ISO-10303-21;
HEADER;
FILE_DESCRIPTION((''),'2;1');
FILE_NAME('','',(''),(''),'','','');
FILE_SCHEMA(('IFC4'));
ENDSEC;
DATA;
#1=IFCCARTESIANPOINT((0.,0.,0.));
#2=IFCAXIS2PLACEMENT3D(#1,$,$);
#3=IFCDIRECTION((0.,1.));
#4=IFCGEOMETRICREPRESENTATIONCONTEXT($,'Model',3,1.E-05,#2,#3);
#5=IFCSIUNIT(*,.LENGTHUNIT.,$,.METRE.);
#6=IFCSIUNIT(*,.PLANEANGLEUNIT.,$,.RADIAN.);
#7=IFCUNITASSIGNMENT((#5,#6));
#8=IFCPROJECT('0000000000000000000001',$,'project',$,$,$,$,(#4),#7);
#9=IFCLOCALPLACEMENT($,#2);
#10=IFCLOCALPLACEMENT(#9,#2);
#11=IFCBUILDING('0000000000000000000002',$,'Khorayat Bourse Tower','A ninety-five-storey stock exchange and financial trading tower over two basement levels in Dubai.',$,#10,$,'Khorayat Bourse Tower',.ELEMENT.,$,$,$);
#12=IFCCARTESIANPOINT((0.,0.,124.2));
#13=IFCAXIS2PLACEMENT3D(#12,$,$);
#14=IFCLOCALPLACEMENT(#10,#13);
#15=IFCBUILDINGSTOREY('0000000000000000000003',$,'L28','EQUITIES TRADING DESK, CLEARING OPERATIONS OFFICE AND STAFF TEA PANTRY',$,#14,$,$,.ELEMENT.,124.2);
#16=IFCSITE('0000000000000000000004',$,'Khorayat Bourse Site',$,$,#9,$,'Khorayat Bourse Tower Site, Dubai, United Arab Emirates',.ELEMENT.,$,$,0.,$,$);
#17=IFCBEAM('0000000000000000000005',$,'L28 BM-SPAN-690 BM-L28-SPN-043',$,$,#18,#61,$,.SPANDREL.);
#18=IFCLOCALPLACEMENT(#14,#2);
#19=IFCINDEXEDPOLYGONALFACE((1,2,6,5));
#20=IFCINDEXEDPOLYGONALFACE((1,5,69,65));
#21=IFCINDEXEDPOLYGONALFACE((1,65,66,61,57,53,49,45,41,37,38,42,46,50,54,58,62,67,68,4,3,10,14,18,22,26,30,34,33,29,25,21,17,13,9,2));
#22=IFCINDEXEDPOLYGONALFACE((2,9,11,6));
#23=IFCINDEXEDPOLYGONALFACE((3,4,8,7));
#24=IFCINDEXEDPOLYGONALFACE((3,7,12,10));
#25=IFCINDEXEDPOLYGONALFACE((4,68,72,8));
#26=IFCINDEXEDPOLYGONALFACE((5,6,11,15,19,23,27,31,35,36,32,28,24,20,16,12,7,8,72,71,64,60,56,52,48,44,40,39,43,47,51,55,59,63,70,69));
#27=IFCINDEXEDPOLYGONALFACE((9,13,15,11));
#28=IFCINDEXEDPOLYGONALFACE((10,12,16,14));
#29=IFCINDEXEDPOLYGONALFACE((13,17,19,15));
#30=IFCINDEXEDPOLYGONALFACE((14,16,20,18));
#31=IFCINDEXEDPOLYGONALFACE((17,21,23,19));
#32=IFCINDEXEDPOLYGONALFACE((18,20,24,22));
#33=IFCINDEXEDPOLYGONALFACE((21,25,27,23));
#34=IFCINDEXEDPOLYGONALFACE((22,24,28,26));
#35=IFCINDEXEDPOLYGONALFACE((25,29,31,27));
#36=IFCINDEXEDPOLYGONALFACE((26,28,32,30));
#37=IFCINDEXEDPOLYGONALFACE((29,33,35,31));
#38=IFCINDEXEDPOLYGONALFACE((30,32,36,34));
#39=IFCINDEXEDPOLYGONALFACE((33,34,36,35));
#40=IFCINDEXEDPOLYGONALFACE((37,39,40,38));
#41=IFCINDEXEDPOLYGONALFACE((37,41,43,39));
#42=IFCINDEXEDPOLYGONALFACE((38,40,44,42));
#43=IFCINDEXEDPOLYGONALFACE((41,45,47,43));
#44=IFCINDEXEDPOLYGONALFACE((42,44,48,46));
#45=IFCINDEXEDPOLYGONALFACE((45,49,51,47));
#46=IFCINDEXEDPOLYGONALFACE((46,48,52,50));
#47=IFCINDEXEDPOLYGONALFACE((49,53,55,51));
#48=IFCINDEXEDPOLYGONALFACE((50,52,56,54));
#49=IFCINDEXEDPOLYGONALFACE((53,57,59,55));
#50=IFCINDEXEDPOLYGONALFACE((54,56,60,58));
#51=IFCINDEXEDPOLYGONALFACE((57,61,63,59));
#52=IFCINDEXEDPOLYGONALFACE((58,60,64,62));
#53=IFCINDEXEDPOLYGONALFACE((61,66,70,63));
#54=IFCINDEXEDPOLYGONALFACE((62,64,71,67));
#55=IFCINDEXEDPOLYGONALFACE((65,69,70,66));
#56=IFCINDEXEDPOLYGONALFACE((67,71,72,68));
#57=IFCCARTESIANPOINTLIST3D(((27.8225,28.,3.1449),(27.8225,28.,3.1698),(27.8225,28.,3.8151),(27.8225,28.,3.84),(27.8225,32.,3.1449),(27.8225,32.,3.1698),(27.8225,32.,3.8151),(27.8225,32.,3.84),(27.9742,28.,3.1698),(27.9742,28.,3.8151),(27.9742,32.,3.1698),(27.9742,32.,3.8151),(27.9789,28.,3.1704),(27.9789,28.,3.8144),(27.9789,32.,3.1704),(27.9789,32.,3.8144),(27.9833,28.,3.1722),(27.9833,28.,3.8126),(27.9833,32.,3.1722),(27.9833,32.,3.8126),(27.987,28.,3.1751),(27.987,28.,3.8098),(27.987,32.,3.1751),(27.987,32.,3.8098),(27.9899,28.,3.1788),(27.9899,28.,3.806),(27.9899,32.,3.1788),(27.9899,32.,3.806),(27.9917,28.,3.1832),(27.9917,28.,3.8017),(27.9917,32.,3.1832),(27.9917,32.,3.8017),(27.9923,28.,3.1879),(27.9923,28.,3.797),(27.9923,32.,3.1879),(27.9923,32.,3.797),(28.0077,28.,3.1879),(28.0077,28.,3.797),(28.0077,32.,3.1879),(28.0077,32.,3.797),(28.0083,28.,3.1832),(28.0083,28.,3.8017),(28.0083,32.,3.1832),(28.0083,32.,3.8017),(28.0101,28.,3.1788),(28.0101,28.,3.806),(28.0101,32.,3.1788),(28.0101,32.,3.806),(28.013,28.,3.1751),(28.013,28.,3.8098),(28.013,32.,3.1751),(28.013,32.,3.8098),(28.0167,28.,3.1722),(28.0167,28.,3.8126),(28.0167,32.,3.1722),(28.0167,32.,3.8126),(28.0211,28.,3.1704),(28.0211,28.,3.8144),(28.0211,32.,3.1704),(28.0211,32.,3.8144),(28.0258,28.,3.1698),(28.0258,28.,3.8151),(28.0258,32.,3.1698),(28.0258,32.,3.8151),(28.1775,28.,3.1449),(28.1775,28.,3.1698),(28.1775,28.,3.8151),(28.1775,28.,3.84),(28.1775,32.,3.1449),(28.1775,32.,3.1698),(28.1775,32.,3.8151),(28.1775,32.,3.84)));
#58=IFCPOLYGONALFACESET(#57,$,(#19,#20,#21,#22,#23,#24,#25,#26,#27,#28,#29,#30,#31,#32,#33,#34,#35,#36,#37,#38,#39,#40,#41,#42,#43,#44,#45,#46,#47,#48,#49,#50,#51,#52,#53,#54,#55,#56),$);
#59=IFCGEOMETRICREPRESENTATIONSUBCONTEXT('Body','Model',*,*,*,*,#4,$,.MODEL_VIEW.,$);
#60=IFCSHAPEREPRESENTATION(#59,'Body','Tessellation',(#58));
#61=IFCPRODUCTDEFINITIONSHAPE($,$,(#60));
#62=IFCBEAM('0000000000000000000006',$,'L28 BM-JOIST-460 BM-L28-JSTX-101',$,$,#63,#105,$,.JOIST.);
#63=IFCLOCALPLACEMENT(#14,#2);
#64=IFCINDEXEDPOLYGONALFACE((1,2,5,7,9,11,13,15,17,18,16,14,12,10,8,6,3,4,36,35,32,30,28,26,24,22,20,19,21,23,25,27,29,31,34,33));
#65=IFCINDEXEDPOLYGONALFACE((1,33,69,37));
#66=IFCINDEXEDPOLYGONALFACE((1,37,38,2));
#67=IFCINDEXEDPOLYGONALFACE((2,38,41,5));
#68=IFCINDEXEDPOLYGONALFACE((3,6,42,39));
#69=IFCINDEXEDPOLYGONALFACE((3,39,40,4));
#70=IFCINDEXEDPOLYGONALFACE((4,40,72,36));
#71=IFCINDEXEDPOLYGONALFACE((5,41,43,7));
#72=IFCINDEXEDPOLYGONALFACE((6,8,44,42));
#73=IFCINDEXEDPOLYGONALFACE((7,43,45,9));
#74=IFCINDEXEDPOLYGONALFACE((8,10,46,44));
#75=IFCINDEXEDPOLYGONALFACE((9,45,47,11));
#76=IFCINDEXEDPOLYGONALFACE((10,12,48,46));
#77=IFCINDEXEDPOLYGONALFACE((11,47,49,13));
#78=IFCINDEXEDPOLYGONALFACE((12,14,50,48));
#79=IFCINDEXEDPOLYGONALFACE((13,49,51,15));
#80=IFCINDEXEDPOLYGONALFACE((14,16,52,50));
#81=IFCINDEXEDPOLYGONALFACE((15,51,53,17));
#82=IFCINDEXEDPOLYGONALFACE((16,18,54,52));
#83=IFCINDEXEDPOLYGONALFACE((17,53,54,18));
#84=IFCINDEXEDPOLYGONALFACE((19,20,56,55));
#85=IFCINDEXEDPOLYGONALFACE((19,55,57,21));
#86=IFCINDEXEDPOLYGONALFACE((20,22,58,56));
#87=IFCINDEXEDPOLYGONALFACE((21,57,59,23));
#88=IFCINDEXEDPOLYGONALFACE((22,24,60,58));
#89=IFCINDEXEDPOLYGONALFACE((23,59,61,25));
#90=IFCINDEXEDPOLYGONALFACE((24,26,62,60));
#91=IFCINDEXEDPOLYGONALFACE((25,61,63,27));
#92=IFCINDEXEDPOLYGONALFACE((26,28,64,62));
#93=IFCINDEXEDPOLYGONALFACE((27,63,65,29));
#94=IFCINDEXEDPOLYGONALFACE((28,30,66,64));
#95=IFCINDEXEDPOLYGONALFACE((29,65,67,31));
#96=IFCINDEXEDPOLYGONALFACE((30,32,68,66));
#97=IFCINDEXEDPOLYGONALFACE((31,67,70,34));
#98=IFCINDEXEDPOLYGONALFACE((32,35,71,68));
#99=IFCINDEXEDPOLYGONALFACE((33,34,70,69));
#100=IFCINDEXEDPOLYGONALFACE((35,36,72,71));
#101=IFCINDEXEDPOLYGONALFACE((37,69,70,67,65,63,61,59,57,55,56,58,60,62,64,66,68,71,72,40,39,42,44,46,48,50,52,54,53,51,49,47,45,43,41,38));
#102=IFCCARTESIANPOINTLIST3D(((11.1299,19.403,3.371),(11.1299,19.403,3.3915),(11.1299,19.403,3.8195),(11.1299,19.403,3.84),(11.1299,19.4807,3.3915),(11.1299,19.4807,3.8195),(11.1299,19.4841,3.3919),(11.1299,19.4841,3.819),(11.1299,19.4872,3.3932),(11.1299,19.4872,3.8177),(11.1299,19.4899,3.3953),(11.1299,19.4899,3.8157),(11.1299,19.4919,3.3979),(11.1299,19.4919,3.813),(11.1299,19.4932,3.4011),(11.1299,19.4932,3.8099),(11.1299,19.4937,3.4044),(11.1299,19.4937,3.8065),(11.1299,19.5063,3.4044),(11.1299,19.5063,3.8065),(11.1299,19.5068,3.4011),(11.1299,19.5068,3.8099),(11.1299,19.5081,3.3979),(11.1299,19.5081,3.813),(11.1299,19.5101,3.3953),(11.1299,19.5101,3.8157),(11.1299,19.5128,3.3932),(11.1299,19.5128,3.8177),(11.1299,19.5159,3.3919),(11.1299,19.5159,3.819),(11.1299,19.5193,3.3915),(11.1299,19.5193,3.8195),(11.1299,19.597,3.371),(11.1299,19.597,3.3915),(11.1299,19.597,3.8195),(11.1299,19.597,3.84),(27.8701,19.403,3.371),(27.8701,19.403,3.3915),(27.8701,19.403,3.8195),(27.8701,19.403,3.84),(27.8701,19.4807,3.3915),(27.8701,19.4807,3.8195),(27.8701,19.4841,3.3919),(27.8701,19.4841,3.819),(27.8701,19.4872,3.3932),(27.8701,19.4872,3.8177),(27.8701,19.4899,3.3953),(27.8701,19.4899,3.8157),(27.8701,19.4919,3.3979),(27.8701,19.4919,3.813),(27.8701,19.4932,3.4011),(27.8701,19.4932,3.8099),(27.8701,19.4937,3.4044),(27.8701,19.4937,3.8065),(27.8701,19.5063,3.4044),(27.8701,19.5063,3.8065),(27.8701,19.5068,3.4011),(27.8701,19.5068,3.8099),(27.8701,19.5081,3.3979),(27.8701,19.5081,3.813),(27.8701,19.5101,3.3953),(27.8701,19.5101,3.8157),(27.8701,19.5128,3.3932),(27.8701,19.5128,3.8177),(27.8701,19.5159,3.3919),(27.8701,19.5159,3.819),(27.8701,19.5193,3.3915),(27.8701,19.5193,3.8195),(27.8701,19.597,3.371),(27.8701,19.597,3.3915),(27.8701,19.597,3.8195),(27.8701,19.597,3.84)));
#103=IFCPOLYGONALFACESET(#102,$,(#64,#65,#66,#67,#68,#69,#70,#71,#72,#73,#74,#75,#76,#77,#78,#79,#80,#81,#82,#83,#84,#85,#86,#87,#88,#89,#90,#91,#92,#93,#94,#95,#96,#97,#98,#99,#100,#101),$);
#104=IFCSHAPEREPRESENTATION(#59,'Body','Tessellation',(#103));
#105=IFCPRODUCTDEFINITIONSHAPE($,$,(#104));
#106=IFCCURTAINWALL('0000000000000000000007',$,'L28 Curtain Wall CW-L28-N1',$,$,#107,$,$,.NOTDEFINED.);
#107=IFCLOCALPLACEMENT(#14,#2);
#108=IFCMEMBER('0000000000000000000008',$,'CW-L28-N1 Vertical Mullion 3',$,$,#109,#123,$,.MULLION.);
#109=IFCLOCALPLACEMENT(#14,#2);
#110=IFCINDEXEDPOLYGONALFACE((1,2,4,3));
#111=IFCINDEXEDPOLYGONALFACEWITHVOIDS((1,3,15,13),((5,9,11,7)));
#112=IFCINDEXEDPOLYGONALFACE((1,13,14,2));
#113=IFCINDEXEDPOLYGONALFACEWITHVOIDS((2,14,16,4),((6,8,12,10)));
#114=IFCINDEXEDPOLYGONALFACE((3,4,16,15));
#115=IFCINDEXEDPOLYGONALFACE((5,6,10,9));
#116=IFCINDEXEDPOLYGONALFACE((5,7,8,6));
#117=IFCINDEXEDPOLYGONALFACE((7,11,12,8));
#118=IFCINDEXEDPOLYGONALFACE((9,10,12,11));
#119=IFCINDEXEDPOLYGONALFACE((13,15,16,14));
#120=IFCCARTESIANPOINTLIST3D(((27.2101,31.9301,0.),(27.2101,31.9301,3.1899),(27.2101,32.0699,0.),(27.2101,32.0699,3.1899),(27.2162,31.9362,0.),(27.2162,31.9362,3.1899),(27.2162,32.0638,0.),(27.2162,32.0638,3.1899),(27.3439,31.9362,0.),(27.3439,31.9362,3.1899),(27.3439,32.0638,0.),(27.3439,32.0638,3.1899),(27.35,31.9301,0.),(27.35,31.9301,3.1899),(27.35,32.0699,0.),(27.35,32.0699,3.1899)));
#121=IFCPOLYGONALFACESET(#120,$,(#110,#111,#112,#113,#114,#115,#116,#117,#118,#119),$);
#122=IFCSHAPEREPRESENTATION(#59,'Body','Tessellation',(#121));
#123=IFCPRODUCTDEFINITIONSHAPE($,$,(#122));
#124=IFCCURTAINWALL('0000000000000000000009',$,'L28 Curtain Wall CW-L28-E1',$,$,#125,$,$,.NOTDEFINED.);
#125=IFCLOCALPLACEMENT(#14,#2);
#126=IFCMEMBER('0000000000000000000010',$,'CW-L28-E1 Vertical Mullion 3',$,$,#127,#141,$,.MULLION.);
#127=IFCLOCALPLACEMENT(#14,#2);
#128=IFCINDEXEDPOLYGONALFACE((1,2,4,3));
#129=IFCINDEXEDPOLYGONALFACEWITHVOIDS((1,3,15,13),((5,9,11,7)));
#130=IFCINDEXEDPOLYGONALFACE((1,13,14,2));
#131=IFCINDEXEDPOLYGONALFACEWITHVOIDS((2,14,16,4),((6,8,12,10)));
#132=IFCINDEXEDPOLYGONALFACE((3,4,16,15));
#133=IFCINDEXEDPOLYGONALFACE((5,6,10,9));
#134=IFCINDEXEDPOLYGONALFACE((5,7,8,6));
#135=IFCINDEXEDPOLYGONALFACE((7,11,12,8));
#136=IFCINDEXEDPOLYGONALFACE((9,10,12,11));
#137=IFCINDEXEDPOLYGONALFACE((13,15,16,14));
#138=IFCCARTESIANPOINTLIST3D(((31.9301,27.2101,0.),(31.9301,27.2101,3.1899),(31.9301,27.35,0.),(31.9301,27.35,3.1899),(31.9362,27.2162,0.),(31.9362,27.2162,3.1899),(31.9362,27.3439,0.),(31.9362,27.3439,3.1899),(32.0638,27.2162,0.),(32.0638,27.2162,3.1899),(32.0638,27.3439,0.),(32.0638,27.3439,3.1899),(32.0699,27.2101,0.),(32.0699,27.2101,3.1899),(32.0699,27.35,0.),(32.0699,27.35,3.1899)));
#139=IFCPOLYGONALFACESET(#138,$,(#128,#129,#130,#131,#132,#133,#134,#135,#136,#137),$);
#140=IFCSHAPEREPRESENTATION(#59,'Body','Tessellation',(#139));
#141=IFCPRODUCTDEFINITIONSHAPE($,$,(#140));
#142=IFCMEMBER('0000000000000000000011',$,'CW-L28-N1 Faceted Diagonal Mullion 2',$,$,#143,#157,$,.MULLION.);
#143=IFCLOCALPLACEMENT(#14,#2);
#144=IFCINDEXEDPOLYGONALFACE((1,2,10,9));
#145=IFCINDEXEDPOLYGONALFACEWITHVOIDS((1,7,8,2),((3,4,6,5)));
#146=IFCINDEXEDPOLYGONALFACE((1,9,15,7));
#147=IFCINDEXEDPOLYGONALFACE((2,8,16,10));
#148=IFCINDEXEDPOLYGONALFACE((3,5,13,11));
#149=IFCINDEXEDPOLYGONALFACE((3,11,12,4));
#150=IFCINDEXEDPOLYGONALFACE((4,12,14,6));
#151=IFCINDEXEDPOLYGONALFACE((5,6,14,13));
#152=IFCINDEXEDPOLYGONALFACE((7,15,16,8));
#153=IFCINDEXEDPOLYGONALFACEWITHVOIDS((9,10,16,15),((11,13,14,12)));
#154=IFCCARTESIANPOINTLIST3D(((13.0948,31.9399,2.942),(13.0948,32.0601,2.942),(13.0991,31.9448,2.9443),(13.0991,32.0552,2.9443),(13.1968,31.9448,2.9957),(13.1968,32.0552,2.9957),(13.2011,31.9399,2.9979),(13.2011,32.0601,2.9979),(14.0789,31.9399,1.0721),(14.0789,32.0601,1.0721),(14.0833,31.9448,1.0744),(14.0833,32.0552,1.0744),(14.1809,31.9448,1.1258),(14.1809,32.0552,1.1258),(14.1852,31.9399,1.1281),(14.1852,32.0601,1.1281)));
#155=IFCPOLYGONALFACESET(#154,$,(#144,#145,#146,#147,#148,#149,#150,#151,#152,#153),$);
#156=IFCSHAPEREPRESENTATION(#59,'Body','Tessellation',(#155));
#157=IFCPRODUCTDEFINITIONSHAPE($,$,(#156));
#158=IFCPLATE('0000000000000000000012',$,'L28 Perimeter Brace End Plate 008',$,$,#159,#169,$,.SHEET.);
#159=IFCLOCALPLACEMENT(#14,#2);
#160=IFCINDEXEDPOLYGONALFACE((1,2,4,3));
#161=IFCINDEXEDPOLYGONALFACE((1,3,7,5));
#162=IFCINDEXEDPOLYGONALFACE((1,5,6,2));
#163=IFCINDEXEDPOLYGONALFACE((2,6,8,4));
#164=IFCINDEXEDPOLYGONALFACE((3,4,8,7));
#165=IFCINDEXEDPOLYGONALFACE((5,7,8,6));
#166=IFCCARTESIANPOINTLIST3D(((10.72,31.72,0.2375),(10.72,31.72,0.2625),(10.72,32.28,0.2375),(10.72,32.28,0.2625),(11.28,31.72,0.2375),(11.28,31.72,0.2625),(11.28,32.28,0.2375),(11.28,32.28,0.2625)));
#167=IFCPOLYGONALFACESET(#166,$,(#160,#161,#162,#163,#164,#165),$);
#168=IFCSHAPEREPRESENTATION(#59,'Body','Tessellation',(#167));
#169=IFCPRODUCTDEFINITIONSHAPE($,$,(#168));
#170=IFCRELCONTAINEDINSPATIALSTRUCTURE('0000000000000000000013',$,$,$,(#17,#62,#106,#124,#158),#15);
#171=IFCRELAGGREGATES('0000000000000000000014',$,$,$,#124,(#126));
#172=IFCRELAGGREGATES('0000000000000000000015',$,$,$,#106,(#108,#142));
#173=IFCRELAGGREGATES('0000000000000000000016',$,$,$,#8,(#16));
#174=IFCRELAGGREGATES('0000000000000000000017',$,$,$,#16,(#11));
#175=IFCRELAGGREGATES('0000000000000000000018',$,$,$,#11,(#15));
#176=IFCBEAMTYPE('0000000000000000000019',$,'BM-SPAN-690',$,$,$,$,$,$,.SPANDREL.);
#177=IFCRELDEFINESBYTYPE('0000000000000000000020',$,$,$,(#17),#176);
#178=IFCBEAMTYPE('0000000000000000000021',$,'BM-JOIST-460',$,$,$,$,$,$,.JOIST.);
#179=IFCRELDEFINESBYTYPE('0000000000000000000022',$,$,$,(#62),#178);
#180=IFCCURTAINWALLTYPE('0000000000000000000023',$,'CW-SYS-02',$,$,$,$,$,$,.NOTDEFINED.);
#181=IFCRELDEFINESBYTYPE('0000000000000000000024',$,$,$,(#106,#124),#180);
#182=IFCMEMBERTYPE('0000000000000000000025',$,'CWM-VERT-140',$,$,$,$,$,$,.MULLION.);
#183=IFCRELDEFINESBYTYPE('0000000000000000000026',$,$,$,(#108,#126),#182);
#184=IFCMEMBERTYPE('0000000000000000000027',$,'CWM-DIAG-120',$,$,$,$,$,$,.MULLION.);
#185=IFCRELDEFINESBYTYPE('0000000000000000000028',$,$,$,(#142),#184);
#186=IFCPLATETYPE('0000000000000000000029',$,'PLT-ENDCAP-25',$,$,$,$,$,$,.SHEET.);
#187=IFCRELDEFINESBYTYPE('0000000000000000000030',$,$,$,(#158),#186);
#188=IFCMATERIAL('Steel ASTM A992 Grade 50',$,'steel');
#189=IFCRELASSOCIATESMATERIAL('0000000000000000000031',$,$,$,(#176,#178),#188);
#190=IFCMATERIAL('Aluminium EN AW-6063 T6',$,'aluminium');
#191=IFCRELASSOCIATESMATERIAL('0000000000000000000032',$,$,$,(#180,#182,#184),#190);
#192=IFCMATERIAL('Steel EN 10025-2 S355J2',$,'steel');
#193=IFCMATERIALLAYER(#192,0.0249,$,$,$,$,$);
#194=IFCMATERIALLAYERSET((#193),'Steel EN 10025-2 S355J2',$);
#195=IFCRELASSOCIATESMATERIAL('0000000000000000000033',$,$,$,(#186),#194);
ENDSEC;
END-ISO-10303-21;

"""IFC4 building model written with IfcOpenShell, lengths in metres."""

from ifc_helpers import new_model, si_unit, direction, frame, origin, origin_2d, place, context, subcontext, project, spatial, rectangle, hollow_rectangle, i_section, extrude, source, transform, mapped, material, layer, layer_set, material_profile, profile_set, type_object, element, aggregate, save


model = new_model("IFC4")

# Units and contexts
model_context = context("Model", 3, precision=1e-05, world=origin(), true_north=direction((0.0, 1.0)))
body_context = subcontext(model_context, "Body", "Model", "MODEL_VIEW")
ifc_project = project(units=[si_unit("LENGTHUNIT", "METRE"), si_unit("PLANEANGLEUNIT", "RADIAN")], contexts=[model_context])

# Site, building, storey
site_placement = place(None, origin())
site = spatial("IfcSite", under=ifc_project, at=site_placement, Name="Khorayat Bourse Site", LongName="Khorayat Bourse Tower Site, Dubai, United Arab Emirates", CompositionType="ELEMENT", RefElevation=0.0)
building_placement = place(site_placement, origin())
building = spatial("IfcBuilding", under=site, at=building_placement, Name="Khorayat Bourse Tower", Description="A ninety-five-storey stock exchange and financial trading tower over two basement levels in Dubai.", LongName="Khorayat Bourse Tower", CompositionType="ELEMENT")
storey_placement = place(building_placement, frame((0.0, 0.0, 124.2)))
storey = spatial("IfcBuildingStorey", under=building, at=storey_placement, Name="L28", Description="EQUITIES TRADING DESK, CLEARING OPERATIONS OFFICE AND STAFF TEA PANTRY", CompositionType="ELEMENT", Elevation=124.2)

# Beams
ifc_material_1 = material(Name="Steel ASTM A992 Grade 50", Category="steel")
ifc_material_profile_1 = material_profile(ifc_material_1, i_section(OverallWidth=0.355, OverallDepth=0.6951, WebThickness=0.0154, FlangeThickness=0.0249, FilletRadius=0.0181, at=origin_2d()), Name="W690X217")
ifc_profile_set_1 = profile_set([ifc_material_profile_1], Name="Steel ASTM A992 Grade 50")
beam_type_1 = type_object("IfcBeamType", Name="BM-SPAN-690", PredefinedType="SPANDREL", material=ifc_profile_set_1)
shared_shape_1 = source(origin(), body_context, "Body", "SweptSolid", [
    extrude(i_section(OverallWidth=0.355, OverallDepth=0.6951, WebThickness=0.0154, FlangeThickness=0.0249, FilletRadius=0.0181, at=origin_2d()), origin(), (0.0, 0.0, 1.0), 4.0),
])
for number, where, z_axis, x_axis, name in (
    (1, (28.0, 28.0, 3.4924), (0.0, 1.0, 0.0), (-1.0, 0.0, 0.0), "L28 BM-SPAN-690 BM-L28-SPN-043"),
):
    element("IfcBeam", number, at=place(storey_placement, frame(where, z_axis=z_axis, x_axis=x_axis)), inside=storey, type_object=beam_type_1, Name=name, PredefinedType="SPANDREL", context=body_context, shape_type="MappedRepresentation", body=[
        mapped(shared_shape_1, transform((0.0, 0.0, 0.0), scale=1.0)),
    ])
ifc_material_profile_2 = material_profile(ifc_material_1, i_section(OverallWidth=0.1941, OverallDepth=0.469, WebThickness=0.0127, FlangeThickness=0.0205, FilletRadius=0.0129, at=origin_2d()), Name="W460X106")
ifc_profile_set_2 = profile_set([ifc_material_profile_2], Name="Steel ASTM A992 Grade 50")
beam_type_2 = type_object("IfcBeamType", Name="BM-JOIST-460", PredefinedType="JOIST", material=ifc_profile_set_2)
shared_shape_2 = source(origin(), body_context, "Body", "SweptSolid", [
    extrude(i_section(OverallWidth=0.1941, OverallDepth=0.469, WebThickness=0.0127, FlangeThickness=0.0205, FilletRadius=0.0129, at=origin_2d()), origin(), (0.0, 0.0, 1.0), 16.7402),
])
beam_1_placement = place(storey_placement, frame((11.1299, 19.5, 3.6055), z_axis=(1.0, 0.0, 0.0), x_axis=(0.0, 1.0, 0.0)))
element("IfcBeam", 2, at=beam_1_placement, inside=storey, type_object=beam_type_2, Name="L28 BM-JOIST-460 BM-L28-JSTX-101", PredefinedType="JOIST", context=body_context, shape_type="MappedRepresentation", body=[
    mapped(shared_shape_2, transform((0.0, 0.0, 0.0), scale=1.0)),
])

# Curtain walls, members
ifc_material_2 = material(Name="Aluminium EN AW-6063 T6", Category="aluminium")
curtain_wall_type = type_object("IfcCurtainWallType", Name="CW-SYS-02", PredefinedType="NOTDEFINED", material=ifc_material_2)
curtain_wall_1_placement = place(storey_placement, origin())
curtain_wall_1 = element("IfcCurtainWall", 3, at=curtain_wall_1_placement, inside=storey, type_object=curtain_wall_type, Name="L28 Curtain Wall CW-L28-N1", PredefinedType="NOTDEFINED")
ifc_material_profile_3 = material_profile(ifc_material_2, hollow_rectangle(XDim=0.1399, YDim=0.1399, WallThickness=0.0061, at=origin_2d()), Name="ALU 140x140x6")
ifc_profile_set_3 = profile_set([ifc_material_profile_3], Name="Aluminium EN AW-6063 T6")
member_type_1 = type_object("IfcMemberType", Name="CWM-VERT-140", PredefinedType="MULLION", material=ifc_profile_set_3)
shared_shape_3 = source(origin(), body_context, "Body", "SweptSolid", [
    extrude(hollow_rectangle(XDim=0.1399, YDim=0.1399, WallThickness=0.0061, at=origin_2d()), origin(), (0.0, 0.0, 1.0), 3.1899),
])
member_1_placement = place(storey_placement, frame((27.28, 32.0, 0.0), z_axis=(0.0, 0.0, 1.0), x_axis=(0.0, 1.0, 0.0)))
member_1 = element("IfcMember", 4, at=member_1_placement, type_object=member_type_1, Name="CW-L28-N1 Vertical Mullion 3", PredefinedType="MULLION", context=body_context, shape_type="MappedRepresentation", body=[
    mapped(shared_shape_3, transform((0.0, 0.0, 0.0), scale=1.0)),
])
curtain_wall_2_placement = place(storey_placement, origin())
curtain_wall_2 = element("IfcCurtainWall", 5, at=curtain_wall_2_placement, inside=storey, type_object=curtain_wall_type, Name="L28 Curtain Wall CW-L28-E1", PredefinedType="NOTDEFINED")
member_2_placement = place(storey_placement, frame((32.0, 27.28, 0.0), z_axis=(0.0, 0.0, 1.0), x_axis=(-1.0, 0.0, 0.0)))
member_2 = element("IfcMember", 6, at=member_2_placement, type_object=member_type_1, Name="CW-L28-E1 Vertical Mullion 3", PredefinedType="MULLION", context=body_context, shape_type="MappedRepresentation", body=[
    mapped(shared_shape_3, transform((0.0, 0.0, 0.0), scale=1.0)),
])
aggregate(curtain_wall_2, [member_2])

# Member
ifc_material_profile_4 = material_profile(ifc_material_2, hollow_rectangle(XDim=0.1201, YDim=0.1201, WallThickness=0.0049, at=origin_2d()), Name="ALU 120x120x5")
ifc_profile_set_4 = profile_set([ifc_material_profile_4], Name="Aluminium EN AW-6063 T6")
member_type_2 = type_object("IfcMemberType", Name="CWM-DIAG-120", PredefinedType="MULLION", material=ifc_profile_set_4)
shared_shape_4 = source(origin(), body_context, "Body", "SweptSolid", [
    extrude(hollow_rectangle(XDim=0.1201, YDim=0.1201, WallThickness=0.0049, at=origin_2d()), origin(), (0.0, 0.0, 1.0), 2.113),
])
member_3_placement = place(storey_placement, frame((14.1321, 32.0, 1.1001), z_axis=(-0.465742, 0.0, 0.884921), x_axis=(0.0, -1.0, 0.0)))
member_3 = element("IfcMember", 7, at=member_3_placement, type_object=member_type_2, Name="CW-L28-N1 Faceted Diagonal Mullion 2", PredefinedType="MULLION", context=body_context, shape_type="MappedRepresentation", body=[
    mapped(shared_shape_4, transform((0.0, 0.0, 0.0), scale=1.0)),
])

# Plate
ifc_material_3 = material(Name="Steel EN 10025-2 S355J2", Category="steel")
ifc_layer_1 = layer(ifc_material_3, 0.0249)
ifc_layer_set_1 = layer_set([ifc_layer_1], Name="Steel EN 10025-2 S355J2")
plate_type_1 = type_object("IfcPlateType", Name="PLT-ENDCAP-25", PredefinedType="SHEET", material=ifc_layer_set_1)
shared_shape_5 = source(origin(), body_context, "Body", "SweptSolid", [
    extrude(rectangle(XDim=0.5601, YDim=0.5601, at=origin_2d()), origin(), (0.0, 0.0, 1.0), 0.0249),
])
plate_1_placement = place(storey_placement, frame((11.0, 32.0, 0.2375), z_axis=(0.0, 0.0, 1.0), x_axis=(1.0, 0.0, 0.0)))
element("IfcPlate", 8, at=plate_1_placement, inside=storey, type_object=plate_type_1, Name="L28 Perimeter Brace End Plate 008", PredefinedType="SHEET", context=body_context, shape_type="MappedRepresentation", body=[
    mapped(shared_shape_5, transform((0.0, 0.0, 0.0), scale=1.0)),
])
aggregate(curtain_wall_1, [member_1, member_3])

save(model, "model.ifc")
